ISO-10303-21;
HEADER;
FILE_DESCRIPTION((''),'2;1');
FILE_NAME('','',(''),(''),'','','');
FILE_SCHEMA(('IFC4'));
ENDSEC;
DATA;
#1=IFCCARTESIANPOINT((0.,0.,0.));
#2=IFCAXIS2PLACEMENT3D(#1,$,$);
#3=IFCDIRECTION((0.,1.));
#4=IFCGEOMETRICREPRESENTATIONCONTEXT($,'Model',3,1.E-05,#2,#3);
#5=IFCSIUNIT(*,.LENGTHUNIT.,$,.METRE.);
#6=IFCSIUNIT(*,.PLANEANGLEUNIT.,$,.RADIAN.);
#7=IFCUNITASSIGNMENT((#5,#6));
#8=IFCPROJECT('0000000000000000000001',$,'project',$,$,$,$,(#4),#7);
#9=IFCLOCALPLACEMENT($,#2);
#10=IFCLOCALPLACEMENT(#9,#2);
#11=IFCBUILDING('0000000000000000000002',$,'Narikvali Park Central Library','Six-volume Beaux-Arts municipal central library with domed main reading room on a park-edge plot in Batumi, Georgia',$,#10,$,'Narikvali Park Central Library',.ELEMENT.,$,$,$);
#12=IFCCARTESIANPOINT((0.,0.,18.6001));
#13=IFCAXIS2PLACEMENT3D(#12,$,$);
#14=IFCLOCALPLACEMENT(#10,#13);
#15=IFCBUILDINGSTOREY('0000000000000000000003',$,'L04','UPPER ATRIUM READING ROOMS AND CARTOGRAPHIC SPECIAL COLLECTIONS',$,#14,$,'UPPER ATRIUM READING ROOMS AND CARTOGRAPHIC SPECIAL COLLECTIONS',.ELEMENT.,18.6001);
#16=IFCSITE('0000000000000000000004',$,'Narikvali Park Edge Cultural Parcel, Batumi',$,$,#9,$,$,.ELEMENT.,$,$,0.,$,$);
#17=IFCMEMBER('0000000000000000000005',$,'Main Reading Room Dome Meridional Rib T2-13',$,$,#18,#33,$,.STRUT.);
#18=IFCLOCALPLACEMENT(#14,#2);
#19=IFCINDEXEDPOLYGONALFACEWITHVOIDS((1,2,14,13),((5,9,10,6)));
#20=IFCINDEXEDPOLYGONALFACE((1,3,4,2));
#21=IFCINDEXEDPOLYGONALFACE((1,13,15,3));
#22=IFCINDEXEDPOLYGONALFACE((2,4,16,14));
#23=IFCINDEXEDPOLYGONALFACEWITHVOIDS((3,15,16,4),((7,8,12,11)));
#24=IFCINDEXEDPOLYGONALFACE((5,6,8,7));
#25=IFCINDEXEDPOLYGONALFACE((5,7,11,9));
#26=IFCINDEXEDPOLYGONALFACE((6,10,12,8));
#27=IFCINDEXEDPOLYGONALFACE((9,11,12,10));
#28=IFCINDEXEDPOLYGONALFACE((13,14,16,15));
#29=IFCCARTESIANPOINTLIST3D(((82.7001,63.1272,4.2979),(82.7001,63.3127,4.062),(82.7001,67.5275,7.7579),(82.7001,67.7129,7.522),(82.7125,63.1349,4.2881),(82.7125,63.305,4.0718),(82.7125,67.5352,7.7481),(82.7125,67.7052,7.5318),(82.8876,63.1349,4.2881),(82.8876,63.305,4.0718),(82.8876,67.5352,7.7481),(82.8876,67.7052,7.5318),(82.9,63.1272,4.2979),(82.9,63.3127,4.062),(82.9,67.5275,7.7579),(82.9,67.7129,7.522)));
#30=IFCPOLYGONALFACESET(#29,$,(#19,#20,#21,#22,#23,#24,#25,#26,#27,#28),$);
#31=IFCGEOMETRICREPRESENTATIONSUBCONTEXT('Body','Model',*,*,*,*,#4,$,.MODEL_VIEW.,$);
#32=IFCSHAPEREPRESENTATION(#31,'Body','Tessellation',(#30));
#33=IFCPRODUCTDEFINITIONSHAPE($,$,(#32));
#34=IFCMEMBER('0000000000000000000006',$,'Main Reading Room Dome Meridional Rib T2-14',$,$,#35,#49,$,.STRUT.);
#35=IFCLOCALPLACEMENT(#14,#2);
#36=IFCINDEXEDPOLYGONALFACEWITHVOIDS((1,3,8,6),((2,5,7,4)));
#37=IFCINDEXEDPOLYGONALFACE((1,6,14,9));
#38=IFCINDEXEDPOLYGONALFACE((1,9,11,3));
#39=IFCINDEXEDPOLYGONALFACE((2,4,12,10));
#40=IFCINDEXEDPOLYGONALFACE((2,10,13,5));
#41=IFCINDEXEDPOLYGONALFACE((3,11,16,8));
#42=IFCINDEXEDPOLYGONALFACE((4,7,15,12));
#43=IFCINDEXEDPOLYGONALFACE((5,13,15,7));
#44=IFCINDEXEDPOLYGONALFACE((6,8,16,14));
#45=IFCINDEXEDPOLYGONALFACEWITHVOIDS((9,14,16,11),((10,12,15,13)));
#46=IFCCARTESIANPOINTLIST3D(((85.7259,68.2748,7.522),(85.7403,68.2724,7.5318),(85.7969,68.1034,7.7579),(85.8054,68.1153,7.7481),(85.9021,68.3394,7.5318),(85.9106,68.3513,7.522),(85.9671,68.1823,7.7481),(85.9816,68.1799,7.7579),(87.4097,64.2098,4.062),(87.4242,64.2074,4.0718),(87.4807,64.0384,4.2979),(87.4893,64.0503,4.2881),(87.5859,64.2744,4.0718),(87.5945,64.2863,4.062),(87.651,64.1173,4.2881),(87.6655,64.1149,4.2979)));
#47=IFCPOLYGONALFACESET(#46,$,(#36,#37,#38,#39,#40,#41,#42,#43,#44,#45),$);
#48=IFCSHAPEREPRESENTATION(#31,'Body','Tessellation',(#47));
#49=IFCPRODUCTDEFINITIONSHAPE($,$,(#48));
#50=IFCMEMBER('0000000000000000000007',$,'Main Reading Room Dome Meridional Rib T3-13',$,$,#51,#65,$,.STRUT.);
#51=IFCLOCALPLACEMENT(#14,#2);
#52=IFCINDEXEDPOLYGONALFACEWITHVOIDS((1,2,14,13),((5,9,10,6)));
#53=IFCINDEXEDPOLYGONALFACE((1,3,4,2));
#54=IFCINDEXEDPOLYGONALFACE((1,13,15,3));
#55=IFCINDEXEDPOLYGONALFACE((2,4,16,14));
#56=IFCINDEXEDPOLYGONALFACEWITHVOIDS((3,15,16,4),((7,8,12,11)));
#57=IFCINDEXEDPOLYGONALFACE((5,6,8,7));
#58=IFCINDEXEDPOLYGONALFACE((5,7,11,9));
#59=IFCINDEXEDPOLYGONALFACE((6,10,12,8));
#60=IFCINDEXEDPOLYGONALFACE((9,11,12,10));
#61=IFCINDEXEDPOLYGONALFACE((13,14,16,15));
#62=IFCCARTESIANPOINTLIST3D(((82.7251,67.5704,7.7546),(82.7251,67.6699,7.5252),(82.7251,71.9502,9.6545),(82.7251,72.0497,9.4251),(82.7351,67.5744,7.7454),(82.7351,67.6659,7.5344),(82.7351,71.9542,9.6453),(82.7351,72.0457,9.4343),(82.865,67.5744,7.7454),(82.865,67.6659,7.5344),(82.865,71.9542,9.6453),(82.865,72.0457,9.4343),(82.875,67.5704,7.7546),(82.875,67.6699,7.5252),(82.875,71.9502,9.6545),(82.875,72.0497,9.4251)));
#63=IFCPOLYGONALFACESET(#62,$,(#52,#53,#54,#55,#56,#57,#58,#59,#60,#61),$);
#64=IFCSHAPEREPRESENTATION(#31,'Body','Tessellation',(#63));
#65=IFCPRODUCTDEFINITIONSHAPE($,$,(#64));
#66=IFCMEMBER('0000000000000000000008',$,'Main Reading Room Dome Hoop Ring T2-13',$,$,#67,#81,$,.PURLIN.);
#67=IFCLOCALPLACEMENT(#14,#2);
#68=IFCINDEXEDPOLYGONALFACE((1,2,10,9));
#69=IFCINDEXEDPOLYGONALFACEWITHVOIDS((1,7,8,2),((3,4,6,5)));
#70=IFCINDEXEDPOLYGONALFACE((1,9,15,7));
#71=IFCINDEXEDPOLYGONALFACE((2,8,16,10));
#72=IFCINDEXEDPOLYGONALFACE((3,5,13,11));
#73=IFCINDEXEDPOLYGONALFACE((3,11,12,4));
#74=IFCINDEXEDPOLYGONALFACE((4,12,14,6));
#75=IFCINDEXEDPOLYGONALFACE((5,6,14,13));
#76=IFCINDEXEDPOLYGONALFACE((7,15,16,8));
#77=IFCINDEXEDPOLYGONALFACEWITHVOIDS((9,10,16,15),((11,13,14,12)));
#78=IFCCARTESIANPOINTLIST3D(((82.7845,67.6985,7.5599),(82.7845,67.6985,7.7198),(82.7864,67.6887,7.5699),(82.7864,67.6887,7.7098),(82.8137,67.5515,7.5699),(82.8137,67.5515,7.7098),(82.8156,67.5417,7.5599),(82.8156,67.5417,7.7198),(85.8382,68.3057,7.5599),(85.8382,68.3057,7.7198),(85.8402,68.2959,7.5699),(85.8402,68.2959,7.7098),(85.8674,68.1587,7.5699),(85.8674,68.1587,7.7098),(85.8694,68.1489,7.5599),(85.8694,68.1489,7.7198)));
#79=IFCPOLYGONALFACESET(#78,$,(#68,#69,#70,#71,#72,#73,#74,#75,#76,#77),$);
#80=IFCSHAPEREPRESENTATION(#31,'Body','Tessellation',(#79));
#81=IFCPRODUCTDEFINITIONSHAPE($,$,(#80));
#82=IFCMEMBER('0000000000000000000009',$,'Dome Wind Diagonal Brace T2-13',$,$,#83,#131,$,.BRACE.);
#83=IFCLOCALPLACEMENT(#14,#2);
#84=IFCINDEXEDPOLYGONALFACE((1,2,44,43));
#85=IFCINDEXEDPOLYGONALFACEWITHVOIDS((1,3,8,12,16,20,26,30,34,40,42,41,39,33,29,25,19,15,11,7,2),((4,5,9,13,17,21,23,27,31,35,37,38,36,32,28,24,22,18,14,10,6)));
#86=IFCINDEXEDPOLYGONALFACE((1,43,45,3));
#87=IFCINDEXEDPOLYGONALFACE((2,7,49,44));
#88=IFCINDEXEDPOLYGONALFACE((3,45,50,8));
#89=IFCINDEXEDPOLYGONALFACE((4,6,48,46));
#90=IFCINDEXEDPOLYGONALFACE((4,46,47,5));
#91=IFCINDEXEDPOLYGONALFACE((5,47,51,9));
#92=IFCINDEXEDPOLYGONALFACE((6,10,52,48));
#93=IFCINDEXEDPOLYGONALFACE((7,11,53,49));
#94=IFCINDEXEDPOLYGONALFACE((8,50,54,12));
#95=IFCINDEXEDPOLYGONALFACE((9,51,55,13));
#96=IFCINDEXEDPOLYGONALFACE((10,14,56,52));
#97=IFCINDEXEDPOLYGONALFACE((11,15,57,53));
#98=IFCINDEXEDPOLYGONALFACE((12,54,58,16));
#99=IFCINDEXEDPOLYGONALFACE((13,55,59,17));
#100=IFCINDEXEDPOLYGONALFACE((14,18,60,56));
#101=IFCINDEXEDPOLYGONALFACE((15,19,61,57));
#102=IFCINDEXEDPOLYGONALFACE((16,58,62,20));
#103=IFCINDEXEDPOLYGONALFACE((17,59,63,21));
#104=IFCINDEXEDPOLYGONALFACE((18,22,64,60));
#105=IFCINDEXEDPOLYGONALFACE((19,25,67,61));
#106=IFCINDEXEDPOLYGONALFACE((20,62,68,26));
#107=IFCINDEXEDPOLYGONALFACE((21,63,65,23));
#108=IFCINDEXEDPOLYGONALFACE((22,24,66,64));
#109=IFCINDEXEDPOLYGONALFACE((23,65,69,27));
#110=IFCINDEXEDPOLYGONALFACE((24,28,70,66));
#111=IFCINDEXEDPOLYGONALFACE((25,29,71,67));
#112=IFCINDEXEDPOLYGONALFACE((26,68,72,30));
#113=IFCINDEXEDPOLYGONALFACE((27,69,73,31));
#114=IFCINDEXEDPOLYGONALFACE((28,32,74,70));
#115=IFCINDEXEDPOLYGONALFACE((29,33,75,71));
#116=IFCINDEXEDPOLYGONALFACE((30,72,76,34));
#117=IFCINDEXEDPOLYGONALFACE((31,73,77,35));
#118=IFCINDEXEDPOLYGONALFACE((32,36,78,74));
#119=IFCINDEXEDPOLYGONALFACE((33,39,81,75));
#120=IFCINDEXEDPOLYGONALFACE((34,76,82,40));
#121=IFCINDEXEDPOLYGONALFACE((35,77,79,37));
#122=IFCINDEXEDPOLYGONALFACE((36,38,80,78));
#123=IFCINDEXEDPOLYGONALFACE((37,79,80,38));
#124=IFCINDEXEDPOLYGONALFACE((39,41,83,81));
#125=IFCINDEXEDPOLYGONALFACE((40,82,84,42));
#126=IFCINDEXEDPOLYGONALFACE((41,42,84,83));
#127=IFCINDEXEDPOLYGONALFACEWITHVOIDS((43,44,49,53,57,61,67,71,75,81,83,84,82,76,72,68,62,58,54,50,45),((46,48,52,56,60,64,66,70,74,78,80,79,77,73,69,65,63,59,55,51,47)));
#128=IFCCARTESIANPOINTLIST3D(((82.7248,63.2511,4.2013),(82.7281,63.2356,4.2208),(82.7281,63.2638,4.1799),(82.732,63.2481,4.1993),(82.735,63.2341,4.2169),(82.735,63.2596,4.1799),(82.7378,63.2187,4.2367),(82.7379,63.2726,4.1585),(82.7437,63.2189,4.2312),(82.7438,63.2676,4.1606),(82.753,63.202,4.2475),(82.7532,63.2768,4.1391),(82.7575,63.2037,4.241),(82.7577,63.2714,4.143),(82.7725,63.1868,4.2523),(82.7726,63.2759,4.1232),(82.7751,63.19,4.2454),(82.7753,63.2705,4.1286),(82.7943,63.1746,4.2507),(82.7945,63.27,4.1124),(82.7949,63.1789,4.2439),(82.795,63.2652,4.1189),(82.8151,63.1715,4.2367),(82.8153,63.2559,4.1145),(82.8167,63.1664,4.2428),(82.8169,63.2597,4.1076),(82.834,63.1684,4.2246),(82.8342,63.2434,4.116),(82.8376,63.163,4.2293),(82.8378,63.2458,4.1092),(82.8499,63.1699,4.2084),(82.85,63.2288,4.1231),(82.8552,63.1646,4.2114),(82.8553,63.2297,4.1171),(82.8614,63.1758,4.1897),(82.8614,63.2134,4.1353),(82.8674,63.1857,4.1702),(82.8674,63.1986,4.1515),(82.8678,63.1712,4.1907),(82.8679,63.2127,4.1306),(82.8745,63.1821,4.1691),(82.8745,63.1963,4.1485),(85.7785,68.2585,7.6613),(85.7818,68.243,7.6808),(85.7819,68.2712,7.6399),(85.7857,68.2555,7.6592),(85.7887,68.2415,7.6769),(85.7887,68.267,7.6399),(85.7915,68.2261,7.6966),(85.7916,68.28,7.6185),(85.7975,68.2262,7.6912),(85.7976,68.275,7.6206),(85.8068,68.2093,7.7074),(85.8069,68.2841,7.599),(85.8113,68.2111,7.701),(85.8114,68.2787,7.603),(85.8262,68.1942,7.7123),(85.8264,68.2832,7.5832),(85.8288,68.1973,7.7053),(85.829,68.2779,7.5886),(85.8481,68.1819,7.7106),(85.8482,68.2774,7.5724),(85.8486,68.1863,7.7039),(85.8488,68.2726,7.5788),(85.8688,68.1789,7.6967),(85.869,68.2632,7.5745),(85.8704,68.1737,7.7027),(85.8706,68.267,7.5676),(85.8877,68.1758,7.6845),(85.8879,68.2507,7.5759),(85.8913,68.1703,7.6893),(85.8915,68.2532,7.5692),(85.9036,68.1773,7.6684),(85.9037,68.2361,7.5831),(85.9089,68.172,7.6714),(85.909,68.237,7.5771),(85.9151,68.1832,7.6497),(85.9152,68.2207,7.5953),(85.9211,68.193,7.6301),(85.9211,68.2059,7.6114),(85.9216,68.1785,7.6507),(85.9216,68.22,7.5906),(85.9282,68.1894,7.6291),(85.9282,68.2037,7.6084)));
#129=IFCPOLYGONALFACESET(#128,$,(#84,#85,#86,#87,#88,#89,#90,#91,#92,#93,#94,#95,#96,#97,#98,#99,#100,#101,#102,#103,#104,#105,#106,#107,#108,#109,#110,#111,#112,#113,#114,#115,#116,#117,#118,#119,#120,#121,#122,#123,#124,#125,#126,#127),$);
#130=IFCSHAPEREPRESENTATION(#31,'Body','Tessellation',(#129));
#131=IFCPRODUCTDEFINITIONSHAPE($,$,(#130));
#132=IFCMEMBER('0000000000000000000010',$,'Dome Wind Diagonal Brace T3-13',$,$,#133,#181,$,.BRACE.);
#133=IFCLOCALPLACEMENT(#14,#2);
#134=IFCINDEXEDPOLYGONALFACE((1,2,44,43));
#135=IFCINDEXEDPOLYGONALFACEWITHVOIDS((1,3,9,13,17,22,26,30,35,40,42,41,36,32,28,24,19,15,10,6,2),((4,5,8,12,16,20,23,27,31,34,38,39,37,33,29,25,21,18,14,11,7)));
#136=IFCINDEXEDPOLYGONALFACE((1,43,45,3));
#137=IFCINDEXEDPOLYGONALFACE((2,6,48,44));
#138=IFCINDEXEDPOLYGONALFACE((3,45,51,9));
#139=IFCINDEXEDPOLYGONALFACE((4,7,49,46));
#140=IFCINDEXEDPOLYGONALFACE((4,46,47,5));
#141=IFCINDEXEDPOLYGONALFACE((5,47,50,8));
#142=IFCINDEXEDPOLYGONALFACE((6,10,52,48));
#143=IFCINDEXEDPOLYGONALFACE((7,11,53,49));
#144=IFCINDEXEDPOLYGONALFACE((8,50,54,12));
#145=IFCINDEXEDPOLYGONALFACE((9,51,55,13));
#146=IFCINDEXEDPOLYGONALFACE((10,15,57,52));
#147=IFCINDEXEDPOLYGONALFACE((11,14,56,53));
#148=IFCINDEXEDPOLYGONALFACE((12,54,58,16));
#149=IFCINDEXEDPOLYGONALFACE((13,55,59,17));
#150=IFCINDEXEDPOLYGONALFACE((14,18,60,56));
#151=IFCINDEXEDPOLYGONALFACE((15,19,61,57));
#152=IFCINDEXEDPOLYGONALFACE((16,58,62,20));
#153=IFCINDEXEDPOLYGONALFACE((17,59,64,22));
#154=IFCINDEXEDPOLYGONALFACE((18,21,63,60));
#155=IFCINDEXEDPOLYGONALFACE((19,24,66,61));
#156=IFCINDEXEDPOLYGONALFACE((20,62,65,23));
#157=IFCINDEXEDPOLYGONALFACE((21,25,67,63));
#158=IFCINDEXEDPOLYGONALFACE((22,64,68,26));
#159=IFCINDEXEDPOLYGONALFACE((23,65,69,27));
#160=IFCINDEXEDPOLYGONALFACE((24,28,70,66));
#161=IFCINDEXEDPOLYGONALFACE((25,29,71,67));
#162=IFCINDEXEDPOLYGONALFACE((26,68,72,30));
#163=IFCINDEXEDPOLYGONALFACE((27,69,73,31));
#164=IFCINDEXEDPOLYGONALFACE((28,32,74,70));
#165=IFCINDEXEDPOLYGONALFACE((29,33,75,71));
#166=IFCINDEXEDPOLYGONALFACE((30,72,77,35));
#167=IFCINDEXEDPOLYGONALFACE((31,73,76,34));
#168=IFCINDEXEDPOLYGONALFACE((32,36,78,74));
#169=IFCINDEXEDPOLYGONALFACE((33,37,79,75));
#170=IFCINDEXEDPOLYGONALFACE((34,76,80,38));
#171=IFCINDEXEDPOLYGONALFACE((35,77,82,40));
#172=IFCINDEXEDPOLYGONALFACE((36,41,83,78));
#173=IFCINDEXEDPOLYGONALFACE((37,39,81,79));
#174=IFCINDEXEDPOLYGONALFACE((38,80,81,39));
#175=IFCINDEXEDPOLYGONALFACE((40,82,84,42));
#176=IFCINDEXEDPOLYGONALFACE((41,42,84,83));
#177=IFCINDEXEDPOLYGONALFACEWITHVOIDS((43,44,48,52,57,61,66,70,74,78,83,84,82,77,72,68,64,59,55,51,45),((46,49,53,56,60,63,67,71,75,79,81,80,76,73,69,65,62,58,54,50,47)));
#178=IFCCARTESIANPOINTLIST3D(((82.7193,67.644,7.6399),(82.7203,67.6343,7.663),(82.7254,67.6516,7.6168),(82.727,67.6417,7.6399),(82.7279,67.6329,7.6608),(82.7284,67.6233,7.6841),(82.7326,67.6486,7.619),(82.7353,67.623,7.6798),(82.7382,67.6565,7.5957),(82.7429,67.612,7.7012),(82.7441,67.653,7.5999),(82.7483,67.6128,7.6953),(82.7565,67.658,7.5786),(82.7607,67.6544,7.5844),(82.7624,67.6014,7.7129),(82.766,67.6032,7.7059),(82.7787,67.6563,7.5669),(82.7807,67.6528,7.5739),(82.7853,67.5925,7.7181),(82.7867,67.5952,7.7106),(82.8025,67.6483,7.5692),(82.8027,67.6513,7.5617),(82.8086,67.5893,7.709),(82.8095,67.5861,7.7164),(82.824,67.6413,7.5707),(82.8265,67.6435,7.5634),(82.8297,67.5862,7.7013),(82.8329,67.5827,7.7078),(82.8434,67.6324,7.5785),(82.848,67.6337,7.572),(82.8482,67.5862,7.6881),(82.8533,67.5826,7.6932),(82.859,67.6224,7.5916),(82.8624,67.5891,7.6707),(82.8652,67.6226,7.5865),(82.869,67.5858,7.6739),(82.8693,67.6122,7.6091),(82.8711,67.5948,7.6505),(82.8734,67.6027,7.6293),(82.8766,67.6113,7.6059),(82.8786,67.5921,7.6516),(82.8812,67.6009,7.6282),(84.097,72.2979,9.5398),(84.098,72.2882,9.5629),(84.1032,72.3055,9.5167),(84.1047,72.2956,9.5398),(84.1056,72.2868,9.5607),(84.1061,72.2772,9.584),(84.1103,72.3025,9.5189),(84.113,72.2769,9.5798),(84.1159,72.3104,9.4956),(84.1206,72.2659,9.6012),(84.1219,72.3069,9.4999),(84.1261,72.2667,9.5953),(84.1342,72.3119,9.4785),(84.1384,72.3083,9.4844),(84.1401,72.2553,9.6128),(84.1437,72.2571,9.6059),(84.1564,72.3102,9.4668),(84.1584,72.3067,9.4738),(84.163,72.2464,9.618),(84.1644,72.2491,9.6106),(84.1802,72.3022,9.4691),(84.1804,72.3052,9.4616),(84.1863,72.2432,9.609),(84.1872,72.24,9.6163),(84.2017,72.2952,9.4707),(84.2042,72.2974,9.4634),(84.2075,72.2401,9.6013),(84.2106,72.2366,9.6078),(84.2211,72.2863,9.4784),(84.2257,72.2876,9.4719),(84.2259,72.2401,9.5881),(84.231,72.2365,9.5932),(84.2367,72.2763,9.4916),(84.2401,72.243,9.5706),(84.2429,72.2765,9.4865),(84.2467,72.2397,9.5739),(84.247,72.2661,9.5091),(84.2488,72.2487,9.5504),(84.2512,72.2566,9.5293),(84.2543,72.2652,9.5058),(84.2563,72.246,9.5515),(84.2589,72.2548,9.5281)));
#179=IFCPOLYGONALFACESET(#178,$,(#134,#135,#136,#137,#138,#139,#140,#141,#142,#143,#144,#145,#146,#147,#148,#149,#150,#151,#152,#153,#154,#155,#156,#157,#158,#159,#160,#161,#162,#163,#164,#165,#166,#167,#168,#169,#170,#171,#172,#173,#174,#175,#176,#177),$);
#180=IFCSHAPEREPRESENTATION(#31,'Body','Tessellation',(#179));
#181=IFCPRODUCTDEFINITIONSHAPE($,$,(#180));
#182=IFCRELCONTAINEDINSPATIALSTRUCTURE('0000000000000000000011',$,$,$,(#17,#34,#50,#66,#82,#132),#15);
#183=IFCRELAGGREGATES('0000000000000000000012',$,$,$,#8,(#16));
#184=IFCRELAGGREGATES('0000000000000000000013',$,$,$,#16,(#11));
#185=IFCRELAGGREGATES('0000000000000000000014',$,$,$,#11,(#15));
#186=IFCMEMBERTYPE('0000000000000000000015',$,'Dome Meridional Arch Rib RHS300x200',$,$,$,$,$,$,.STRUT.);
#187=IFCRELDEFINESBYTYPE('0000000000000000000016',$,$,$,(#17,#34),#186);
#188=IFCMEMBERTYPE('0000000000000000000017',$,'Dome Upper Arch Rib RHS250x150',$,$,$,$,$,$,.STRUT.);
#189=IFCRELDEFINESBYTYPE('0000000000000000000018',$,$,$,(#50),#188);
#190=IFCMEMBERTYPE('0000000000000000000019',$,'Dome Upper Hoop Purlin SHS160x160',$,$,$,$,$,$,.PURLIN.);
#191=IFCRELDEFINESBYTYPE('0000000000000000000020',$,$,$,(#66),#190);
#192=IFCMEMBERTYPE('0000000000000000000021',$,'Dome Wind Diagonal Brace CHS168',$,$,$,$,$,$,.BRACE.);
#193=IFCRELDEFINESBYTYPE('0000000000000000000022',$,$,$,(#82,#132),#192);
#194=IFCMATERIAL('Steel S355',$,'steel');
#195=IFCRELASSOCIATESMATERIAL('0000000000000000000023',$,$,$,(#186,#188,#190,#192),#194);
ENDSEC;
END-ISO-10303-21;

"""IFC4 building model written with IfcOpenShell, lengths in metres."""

from ifc_helpers import new_model, si_unit, direction, frame, origin, origin_2d, place, context, subcontext, project, spatial, hollow_rectangle, hollow_circle, extrude, material, material_profile, profile_set, type_object, element, save


model = new_model("IFC4")

# Units and contexts
model_context = context("Model", 3, precision=1e-05, world=origin(), true_north=direction((0.0, 1.0)))
body_context = subcontext(model_context, "Body", "Model", "MODEL_VIEW")
ifc_project = project(units=[si_unit("LENGTHUNIT", "METRE"), si_unit("PLANEANGLEUNIT", "RADIAN")], contexts=[model_context])

# Site, building, storey
site_placement = place(None, origin())
site = spatial("IfcSite", under=ifc_project, at=site_placement, Name="Narikvali Park Edge Cultural Parcel, Batumi", CompositionType="ELEMENT", RefElevation=0.0)
building_placement = place(site_placement, origin())
building = spatial("IfcBuilding", under=site, at=building_placement, Name="Narikvali Park Central Library", Description="Six-volume Beaux-Arts municipal central library with domed main reading room on a park-edge plot in Batumi, Georgia", LongName="Narikvali Park Central Library", CompositionType="ELEMENT")
storey_placement = place(building_placement, frame((0.0, 0.0, 18.6001)))
storey = spatial("IfcBuildingStorey", under=building, at=storey_placement, Name="L04", Description="UPPER ATRIUM READING ROOMS AND CARTOGRAPHIC SPECIAL COLLECTIONS", LongName="UPPER ATRIUM READING ROOMS AND CARTOGRAPHIC SPECIAL COLLECTIONS", CompositionType="ELEMENT", Elevation=18.6001)

# Shared definitions
ifc_material_1 = material(Name="Steel S355", Category="steel")

# Members
ifc_material_profile_1 = material_profile(ifc_material_1, hollow_rectangle(XDim=0.2, YDim=0.3, WallThickness=0.0125, at=origin_2d()), Name="RHS 300x200x12.5")
ifc_profile_set_1 = profile_set([ifc_material_profile_1], Name="Steel S355")
member_type_1 = type_object("IfcMemberType", Name="Dome Meridional Arch Rib RHS300x200", PredefinedType="STRUT", material=ifc_profile_set_1)
member_1_placement = place(storey_placement, frame((82.8, 63.22, 4.1799), z_axis=(0.0, 0.786084, 0.61812), x_axis=(-1.0, 0.0, 0.0)))
element("IfcMember", 1, at=member_1_placement, inside=storey, type_object=member_type_1, Name="Main Reading Room Dome Meridional Rib T2-13", PredefinedType="STRUT", context=body_context, shape_type="SweptSolid", body=[
    extrude(hollow_rectangle(XDim=0.2, YDim=0.3, WallThickness=0.0125, at=origin_2d()), origin(), (0.0, 0.0, 1.0), 5.5977),
])
member_2_placement = place(storey_placement, frame((87.5376, 64.1624, 4.1799), z_axis=(-0.300827, 0.726225, 0.618142), x_axis=(-0.923873, -0.3827, 0.0)))
element("IfcMember", 2, at=member_2_placement, inside=storey, type_object=member_type_1, Name="Main Reading Room Dome Meridional Rib T2-14", PredefinedType="STRUT", context=body_context, shape_type="SweptSolid", body=[
    extrude(hollow_rectangle(XDim=0.2, YDim=0.3, WallThickness=0.0125, at=origin_2d()), origin(), (0.0, 0.0, 1.0), 5.5974),
])
ifc_material_profile_2 = material_profile(ifc_material_1, hollow_rectangle(XDim=0.1499, YDim=0.25, WallThickness=0.01, at=origin_2d()), Name="RHS 250x150x10")
ifc_profile_set_2 = profile_set([ifc_material_profile_2], Name="Steel S355")
member_type_2 = type_object("IfcMemberType", Name="Dome Upper Arch Rib RHS250x150", PredefinedType="STRUT", material=ifc_profile_set_2)
member_3_placement = place(storey_placement, frame((82.8, 67.6201, 7.6399), z_axis=(0.0, 0.917406, 0.397952), x_axis=(-1.0, 0.0, 0.0)))
element("IfcMember", 3, at=member_3_placement, inside=storey, type_object=member_type_2, Name="Main Reading Room Dome Meridional Rib T3-13", PredefinedType="STRUT", context=body_context, shape_type="SweptSolid", body=[
    extrude(hollow_rectangle(XDim=0.1499, YDim=0.25, WallThickness=0.01, at=origin_2d()), origin(), (0.0, 0.0, 1.0), 4.7742),
])
ifc_material_profile_3 = material_profile(ifc_material_1, hollow_rectangle(XDim=0.1599, YDim=0.1599, WallThickness=0.01, at=origin_2d()), Name="SHS 160x160x10")
ifc_profile_set_3 = profile_set([ifc_material_profile_3], Name="Steel S355")
member_type_3 = type_object("IfcMemberType", Name="Dome Upper Hoop Purlin SHS160x160", PredefinedType="PURLIN", material=ifc_profile_set_3)
member_4_placement = place(storey_placement, frame((82.8, 67.6201, 7.6399), z_axis=(0.9808, 0.195015, 0.0), x_axis=(-0.195015, 0.9808, 0.0)))
element("IfcMember", 4, at=member_4_placement, inside=storey, type_object=member_type_3, Name="Main Reading Room Dome Hoop Ring T2-13", PredefinedType="PURLIN", context=body_context, shape_type="SweptSolid", body=[
    extrude(hollow_rectangle(XDim=0.1599, YDim=0.1599, WallThickness=0.01, at=origin_2d()), origin(), (0.0, 0.0, 1.0), 3.1135),
])
ifc_material_profile_4 = material_profile(ifc_material_1, hollow_circle(Radius=0.0842, WallThickness=0.0081, at=origin_2d()), Name="CHS 168.3x8")
ifc_profile_set_4 = profile_set([ifc_material_profile_4], Name="Steel S355")
member_type_4 = type_object("IfcMemberType", Name="Dome Wind Diagonal Brace CHS168", PredefinedType="BRACE", material=ifc_profile_set_4)
member_5_placement = place(storey_placement, frame((82.8, 63.22, 4.1799), z_axis=(0.448446, 0.73534, 0.508105), x_axis=(-0.853761, 0.520665, 0.0)))
element("IfcMember", 5, at=member_5_placement, inside=storey, type_object=member_type_4, Name="Dome Wind Diagonal Brace T2-13", PredefinedType="BRACE", context=body_context, shape_type="SweptSolid", body=[
    extrude(hollow_circle(Radius=0.0842, WallThickness=0.0081, at=origin_2d()), origin(), (0.0, 0.0, 1.0), 6.8096),
])
member_6_placement = place(storey_placement, frame((82.8, 67.6201, 7.6399), z_axis=(0.264326, 0.892892, 0.36452), x_axis=(-0.958867, 0.283857, 0.0)))
element("IfcMember", 6, at=member_6_placement, inside=storey, type_object=member_type_4, Name="Dome Wind Diagonal Brace T3-13", PredefinedType="BRACE", context=body_context, shape_type="SweptSolid", body=[
    extrude(hollow_circle(Radius=0.0842, WallThickness=0.0081, at=origin_2d()), origin(), (0.0, 0.0, 1.0), 5.2122),
])

save(model, "model.ifc")
